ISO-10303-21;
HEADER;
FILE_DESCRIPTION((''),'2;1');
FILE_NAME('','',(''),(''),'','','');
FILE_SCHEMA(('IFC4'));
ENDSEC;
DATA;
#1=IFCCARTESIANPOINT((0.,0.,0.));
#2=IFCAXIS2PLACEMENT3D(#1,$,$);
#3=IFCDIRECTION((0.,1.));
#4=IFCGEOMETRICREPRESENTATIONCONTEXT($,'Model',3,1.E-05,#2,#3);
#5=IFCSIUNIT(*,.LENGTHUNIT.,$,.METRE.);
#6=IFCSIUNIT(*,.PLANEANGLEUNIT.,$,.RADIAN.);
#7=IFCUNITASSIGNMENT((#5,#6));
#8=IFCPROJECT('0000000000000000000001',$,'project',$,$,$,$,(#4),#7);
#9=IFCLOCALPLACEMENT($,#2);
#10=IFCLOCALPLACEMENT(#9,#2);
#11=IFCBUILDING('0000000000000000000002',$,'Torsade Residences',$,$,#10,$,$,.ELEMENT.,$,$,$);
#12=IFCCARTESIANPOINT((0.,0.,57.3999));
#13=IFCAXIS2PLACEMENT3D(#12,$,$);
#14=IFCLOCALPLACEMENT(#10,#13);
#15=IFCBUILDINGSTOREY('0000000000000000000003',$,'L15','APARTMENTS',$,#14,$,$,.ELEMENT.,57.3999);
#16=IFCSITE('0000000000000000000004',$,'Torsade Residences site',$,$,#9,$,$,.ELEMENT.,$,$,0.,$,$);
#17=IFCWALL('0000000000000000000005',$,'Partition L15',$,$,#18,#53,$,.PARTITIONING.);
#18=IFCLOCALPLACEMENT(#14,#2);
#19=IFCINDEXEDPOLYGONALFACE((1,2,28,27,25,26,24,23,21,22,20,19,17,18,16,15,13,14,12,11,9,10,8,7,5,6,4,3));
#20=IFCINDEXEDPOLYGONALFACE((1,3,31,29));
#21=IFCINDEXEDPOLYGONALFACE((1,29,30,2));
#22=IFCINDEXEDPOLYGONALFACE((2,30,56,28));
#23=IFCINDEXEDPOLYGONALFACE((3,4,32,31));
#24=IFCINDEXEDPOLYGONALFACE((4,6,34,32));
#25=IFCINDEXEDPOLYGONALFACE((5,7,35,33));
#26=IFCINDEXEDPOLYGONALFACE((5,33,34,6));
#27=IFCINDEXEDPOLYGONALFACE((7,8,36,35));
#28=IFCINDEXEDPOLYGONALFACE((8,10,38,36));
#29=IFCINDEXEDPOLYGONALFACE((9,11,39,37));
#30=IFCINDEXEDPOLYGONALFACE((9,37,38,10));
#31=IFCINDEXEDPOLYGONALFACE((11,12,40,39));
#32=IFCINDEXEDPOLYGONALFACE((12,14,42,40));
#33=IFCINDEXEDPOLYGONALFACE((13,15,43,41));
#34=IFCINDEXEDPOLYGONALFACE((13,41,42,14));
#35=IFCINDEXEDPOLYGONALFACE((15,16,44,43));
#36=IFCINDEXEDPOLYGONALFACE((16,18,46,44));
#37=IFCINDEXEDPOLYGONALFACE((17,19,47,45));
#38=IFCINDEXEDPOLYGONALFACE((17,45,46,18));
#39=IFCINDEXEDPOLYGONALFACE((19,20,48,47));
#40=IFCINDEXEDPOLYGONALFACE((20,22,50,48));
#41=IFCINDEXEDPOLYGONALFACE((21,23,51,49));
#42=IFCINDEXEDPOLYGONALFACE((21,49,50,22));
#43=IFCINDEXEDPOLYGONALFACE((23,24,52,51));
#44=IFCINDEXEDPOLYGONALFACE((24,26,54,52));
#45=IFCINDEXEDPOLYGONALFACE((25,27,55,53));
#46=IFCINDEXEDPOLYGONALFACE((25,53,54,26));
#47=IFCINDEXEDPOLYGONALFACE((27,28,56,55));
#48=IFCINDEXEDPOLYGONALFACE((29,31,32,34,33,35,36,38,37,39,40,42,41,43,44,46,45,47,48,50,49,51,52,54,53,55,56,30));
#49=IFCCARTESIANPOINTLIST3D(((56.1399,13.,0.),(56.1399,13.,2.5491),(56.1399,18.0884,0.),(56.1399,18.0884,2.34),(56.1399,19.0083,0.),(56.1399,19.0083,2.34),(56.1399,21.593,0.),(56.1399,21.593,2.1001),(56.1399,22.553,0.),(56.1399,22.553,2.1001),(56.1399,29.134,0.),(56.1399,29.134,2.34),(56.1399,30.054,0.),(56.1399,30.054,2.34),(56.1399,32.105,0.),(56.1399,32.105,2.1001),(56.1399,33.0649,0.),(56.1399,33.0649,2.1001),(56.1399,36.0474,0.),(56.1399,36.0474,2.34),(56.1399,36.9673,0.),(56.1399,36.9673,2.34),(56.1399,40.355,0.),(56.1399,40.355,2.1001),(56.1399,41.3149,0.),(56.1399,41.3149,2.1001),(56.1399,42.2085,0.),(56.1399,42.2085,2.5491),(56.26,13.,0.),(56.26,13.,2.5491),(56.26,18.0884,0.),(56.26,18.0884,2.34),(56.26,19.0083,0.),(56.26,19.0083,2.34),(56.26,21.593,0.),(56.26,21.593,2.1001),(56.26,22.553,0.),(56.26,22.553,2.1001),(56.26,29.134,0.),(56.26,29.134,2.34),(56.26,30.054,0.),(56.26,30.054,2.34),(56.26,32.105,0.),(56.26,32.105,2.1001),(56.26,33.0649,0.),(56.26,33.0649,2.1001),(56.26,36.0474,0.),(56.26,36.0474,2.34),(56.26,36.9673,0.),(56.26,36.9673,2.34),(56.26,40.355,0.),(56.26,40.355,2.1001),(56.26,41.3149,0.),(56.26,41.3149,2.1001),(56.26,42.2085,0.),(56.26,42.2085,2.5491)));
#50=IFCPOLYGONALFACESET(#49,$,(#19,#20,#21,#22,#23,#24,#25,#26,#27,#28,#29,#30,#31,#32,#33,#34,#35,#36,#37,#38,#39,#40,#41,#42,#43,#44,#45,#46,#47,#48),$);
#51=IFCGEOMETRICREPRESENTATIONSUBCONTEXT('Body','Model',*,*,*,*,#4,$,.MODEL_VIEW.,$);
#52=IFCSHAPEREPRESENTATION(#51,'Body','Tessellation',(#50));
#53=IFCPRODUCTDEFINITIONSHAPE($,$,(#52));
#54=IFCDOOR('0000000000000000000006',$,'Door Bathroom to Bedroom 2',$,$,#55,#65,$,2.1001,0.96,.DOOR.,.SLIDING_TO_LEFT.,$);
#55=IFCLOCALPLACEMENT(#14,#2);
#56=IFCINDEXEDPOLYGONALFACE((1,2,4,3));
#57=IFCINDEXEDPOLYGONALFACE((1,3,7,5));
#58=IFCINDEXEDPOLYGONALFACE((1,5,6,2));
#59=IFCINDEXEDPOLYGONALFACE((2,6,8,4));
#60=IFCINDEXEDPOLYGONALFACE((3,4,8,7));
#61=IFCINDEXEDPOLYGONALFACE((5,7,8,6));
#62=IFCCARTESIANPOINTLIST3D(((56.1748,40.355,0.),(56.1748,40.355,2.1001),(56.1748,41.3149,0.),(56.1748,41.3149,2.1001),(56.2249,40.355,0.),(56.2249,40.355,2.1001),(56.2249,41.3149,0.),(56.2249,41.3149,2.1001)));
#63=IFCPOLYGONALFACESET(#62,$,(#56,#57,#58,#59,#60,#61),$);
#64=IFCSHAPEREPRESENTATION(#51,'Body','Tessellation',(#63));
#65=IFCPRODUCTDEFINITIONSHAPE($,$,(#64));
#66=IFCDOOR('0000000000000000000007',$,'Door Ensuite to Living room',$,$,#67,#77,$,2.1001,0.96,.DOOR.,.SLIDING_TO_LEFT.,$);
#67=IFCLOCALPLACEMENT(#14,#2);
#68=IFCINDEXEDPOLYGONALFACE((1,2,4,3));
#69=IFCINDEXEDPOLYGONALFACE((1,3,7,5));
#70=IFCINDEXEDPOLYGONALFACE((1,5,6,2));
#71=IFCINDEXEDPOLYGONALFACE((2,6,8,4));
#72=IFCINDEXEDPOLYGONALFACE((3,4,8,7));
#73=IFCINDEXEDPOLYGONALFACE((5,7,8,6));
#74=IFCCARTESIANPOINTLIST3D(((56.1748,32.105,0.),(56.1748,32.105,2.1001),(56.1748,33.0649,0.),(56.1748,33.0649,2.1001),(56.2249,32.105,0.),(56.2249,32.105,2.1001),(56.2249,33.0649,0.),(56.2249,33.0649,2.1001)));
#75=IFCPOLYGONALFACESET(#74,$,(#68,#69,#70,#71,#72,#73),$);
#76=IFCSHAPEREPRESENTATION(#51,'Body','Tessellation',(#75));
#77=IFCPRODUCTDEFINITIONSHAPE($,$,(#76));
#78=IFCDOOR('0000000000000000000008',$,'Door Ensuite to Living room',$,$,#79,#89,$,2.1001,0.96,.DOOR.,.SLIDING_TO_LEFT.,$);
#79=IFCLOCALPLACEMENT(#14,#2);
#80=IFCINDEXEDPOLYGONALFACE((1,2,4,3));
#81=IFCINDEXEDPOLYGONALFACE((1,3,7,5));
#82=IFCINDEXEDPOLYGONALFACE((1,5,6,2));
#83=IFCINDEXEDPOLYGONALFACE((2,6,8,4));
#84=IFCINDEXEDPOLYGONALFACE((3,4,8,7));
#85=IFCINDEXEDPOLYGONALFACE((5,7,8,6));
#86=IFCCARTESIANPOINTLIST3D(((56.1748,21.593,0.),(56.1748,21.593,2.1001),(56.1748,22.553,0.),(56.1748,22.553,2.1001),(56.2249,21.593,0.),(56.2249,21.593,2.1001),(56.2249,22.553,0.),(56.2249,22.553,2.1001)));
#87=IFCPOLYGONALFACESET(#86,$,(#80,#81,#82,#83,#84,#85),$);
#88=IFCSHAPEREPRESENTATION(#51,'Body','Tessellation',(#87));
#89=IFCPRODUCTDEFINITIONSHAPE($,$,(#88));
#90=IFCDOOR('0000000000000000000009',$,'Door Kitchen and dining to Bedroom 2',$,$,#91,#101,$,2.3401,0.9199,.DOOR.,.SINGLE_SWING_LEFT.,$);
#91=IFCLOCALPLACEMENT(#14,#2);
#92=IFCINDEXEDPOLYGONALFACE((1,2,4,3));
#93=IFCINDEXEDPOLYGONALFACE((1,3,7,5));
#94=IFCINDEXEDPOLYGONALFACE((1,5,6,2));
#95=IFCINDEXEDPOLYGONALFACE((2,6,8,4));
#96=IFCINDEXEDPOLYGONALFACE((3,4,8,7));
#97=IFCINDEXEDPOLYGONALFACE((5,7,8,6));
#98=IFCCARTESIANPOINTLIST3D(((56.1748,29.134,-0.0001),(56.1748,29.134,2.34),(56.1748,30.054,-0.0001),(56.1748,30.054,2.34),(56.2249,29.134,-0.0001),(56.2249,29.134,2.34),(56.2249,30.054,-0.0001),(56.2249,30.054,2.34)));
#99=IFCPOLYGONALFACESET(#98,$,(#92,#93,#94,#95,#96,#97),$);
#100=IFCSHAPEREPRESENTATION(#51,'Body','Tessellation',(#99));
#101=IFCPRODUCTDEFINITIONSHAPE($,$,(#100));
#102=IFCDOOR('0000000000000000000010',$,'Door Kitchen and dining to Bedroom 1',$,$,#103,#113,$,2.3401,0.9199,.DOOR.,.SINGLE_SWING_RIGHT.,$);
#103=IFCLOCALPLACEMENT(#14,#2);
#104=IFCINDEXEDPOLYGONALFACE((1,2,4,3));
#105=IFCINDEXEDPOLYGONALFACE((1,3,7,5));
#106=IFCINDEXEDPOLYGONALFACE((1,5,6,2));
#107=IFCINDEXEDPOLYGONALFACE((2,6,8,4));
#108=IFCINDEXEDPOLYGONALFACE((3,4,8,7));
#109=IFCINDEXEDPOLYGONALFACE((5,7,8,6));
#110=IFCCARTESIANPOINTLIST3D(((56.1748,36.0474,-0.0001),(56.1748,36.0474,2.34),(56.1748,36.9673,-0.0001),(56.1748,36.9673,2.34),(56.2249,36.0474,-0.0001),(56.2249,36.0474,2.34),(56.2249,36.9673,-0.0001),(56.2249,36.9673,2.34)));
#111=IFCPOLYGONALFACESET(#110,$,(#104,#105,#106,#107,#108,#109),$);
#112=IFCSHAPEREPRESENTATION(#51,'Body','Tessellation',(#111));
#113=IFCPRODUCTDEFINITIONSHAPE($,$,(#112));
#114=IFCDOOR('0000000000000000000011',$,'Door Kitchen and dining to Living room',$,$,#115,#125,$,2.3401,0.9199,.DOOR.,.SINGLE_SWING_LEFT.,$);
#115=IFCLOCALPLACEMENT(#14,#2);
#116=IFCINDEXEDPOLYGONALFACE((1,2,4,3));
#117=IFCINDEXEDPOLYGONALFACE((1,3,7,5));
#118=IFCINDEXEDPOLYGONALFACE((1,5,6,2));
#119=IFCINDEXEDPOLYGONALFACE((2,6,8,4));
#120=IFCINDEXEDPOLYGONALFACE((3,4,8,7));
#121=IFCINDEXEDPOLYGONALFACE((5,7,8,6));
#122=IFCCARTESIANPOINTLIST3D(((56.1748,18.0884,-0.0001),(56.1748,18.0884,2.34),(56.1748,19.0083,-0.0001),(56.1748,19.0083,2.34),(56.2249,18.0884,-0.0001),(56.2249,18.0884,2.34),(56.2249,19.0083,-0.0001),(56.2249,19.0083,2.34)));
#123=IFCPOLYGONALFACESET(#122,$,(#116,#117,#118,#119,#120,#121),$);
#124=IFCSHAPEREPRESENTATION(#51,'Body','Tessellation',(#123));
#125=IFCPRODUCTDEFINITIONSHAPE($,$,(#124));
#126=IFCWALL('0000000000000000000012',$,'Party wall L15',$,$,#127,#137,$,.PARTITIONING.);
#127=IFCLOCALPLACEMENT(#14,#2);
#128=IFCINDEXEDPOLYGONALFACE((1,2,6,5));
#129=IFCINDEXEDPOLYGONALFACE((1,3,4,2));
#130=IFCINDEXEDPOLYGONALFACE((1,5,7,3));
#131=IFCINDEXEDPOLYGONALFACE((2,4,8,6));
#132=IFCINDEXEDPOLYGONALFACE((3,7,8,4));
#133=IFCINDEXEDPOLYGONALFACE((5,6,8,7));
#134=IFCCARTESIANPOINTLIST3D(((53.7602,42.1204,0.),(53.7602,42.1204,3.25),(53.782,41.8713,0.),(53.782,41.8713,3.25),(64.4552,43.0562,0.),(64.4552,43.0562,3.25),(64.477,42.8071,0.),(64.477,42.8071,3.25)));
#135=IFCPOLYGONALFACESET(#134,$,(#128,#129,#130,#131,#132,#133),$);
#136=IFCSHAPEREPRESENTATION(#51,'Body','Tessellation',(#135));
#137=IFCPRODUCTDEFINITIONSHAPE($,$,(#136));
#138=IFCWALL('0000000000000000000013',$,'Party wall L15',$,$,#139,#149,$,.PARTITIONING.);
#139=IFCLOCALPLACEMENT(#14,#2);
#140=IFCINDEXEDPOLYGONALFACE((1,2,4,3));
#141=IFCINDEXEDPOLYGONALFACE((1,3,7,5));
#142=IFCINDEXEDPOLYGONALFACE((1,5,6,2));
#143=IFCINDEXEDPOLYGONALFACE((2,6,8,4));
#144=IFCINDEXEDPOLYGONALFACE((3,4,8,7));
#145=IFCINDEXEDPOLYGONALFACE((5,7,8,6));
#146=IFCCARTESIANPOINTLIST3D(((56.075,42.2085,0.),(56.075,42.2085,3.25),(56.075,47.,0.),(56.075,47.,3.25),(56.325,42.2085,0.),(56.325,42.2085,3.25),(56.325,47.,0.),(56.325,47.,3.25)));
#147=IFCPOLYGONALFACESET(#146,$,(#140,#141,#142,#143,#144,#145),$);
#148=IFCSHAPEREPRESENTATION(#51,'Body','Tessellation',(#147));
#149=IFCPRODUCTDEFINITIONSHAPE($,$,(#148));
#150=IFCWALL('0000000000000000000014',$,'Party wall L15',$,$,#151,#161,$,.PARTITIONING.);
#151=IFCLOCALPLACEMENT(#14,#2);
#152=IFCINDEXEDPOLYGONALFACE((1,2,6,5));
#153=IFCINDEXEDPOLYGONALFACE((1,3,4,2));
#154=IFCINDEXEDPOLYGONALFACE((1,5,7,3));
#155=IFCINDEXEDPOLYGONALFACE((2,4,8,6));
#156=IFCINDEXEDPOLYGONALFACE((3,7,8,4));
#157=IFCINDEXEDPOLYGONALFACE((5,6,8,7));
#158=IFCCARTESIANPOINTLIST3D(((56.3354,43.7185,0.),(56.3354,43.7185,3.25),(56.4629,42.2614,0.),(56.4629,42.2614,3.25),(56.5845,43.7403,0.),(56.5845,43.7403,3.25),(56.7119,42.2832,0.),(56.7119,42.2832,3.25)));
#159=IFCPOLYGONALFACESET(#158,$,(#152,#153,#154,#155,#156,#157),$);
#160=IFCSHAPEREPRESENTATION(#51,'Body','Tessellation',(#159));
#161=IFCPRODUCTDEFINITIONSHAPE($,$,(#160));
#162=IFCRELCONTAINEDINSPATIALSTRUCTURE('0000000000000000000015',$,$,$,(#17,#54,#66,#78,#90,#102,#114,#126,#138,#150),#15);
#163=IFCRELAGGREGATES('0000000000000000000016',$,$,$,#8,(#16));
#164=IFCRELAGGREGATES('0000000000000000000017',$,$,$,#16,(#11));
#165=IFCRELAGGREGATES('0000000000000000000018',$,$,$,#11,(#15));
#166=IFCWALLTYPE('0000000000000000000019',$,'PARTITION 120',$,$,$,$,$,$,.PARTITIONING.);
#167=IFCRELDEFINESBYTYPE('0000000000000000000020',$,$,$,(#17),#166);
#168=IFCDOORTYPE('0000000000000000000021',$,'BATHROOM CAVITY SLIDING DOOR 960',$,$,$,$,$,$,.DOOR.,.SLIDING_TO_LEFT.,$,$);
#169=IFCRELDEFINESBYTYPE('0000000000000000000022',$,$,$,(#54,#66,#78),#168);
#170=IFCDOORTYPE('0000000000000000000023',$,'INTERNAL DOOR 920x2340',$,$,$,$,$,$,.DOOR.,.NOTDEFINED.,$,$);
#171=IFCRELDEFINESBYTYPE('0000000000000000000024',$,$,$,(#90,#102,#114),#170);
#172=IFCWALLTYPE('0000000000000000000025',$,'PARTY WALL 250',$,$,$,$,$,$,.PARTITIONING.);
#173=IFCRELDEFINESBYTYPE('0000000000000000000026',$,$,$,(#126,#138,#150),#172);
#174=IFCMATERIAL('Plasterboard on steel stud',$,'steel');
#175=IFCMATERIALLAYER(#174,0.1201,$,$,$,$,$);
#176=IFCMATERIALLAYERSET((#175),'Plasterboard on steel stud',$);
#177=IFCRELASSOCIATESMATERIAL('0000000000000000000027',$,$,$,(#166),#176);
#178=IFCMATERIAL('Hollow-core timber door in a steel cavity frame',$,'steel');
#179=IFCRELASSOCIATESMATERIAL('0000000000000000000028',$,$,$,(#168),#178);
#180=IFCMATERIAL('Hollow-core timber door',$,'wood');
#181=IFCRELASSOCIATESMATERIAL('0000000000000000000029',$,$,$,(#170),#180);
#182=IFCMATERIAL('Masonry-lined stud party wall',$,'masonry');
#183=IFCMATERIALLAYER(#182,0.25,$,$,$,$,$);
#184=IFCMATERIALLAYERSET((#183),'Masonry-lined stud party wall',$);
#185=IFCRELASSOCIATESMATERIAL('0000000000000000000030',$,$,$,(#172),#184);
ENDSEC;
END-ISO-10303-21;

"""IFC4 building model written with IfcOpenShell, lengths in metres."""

from ifc_helpers import new_model, si_unit, direction, frame, frame_2d, origin, place, context, subcontext, project, spatial, rectangle, extrude, material, layer, layer_set, type_object, element, fill, save


model = new_model("IFC4")

# Units and contexts
model_context = context("Model", 3, precision=1e-05, world=origin(), true_north=direction((0.0, 1.0)))
body_context = subcontext(model_context, "Body", "Model", "MODEL_VIEW")
ifc_project = project(units=[si_unit("LENGTHUNIT", "METRE"), si_unit("PLANEANGLEUNIT", "RADIAN")], contexts=[model_context])

# Site, building, storey
site_placement = place(None, origin())
site = spatial("IfcSite", under=ifc_project, at=site_placement, Name="Torsade Residences site", CompositionType="ELEMENT", RefElevation=0.0)
building_placement = place(site_placement, origin())
building = spatial("IfcBuilding", under=site, at=building_placement, Name="Torsade Residences", CompositionType="ELEMENT")
storey_placement = place(building_placement, frame((0.0, 0.0, 57.3999)))
storey = spatial("IfcBuildingStorey", under=building, at=storey_placement, Name="L15", Description="APARTMENTS", CompositionType="ELEMENT", Elevation=57.3999)

# Wall, openings, doors
ifc_material_1 = material(Name="Plasterboard on steel stud", Category="steel")
ifc_layer_1 = layer(ifc_material_1, 0.1201)
ifc_layer_set_1 = layer_set([ifc_layer_1], Name="Plasterboard on steel stud")
wall_type_1 = type_object("IfcWallType", Name="PARTITION 120", PredefinedType="PARTITIONING", material=ifc_layer_set_1)
wall_1_placement = place(storey_placement, frame((56.2, 42.2085, 0.0), z_axis=(0.0, 0.0, 1.0), x_axis=(0.0, -1.0, 0.0)))
wall_1 = element("IfcWall", 1, at=wall_1_placement, inside=storey, type_object=wall_type_1, Name="Partition L15", PredefinedType="PARTITIONING", context=body_context, shape_type="SweptSolid", body=[
    extrude(rectangle(XDim=29.2085, YDim=0.1201, at=frame_2d((14.6042, 0.0))), origin(), (0.0, 0.0, 1.0), 2.5491),
])
opening_1_placement = place(wall_1_placement, frame((12.1545, 0.0, 0.0)))
opening_1 = element("IfcOpeningElement", 2, at=opening_1_placement, cuts=wall_1, PredefinedType="OPENING", context=body_context, shape_type="SweptSolid", body=[
    extrude(rectangle(XDim=0.9199, YDim=2.3401, at=frame_2d((0.46, 1.1699))), frame((0.0, 0.0701, 0.0), z_axis=(0.0, -1.0, 0.0), x_axis=(1.0, 0.0, 0.0)), (0.0, 0.0, 1.0), 0.1401),
])
opening_2_placement = place(wall_1_placement, frame((5.2412, 0.0, 0.0)))
opening_2 = element("IfcOpeningElement", 3, at=opening_2_placement, cuts=wall_1, PredefinedType="OPENING", context=body_context, shape_type="SweptSolid", body=[
    extrude(rectangle(XDim=0.9199, YDim=2.3401, at=frame_2d((0.46, 1.1699))), frame((0.0, 0.0701, 0.0), z_axis=(0.0, -1.0, 0.0), x_axis=(1.0, 0.0, 0.0)), (0.0, 0.0, 1.0), 0.1401),
])
opening_3_placement = place(wall_1_placement, frame((23.2002, 0.0, 0.0)))
opening_3 = element("IfcOpeningElement", 4, at=opening_3_placement, cuts=wall_1, PredefinedType="OPENING", context=body_context, shape_type="SweptSolid", body=[
    extrude(rectangle(XDim=0.9199, YDim=2.3401, at=frame_2d((0.46, 1.1699))), frame((0.0, 0.0701, 0.0), z_axis=(0.0, -1.0, 0.0), x_axis=(1.0, 0.0, 0.0)), (0.0, 0.0, 1.0), 0.1401),
])
opening_4_placement = place(wall_1_placement, frame((0.8936, 0.0, 0.0)))
opening_4 = element("IfcOpeningElement", 5, at=opening_4_placement, cuts=wall_1, PredefinedType="OPENING", context=body_context, shape_type="SweptSolid", body=[
    extrude(rectangle(XDim=0.96, YDim=2.1001, at=frame_2d((0.48, 1.05))), frame((0.0, 0.0701, 0.0), z_axis=(0.0, -1.0, 0.0), x_axis=(1.0, 0.0, 0.0)), (0.0, 0.0, 1.0), 0.1401),
])
opening_5_placement = place(wall_1_placement, frame((9.1436, 0.0, 0.0)))
opening_5 = element("IfcOpeningElement", 6, at=opening_5_placement, cuts=wall_1, PredefinedType="OPENING", context=body_context, shape_type="SweptSolid", body=[
    extrude(rectangle(XDim=0.96, YDim=2.1001, at=frame_2d((0.48, 1.05))), frame((0.0, 0.0701, 0.0), z_axis=(0.0, -1.0, 0.0), x_axis=(1.0, 0.0, 0.0)), (0.0, 0.0, 1.0), 0.1401),
])
opening_6_placement = place(wall_1_placement, frame((19.6555, 0.0, 0.0)))
opening_6 = element("IfcOpeningElement", 7, at=opening_6_placement, cuts=wall_1, PredefinedType="OPENING", context=body_context, shape_type="SweptSolid", body=[
    extrude(rectangle(XDim=0.96, YDim=2.1001, at=frame_2d((0.48, 1.05))), frame((0.0, 0.0701, 0.0), z_axis=(0.0, -1.0, 0.0), x_axis=(1.0, 0.0, 0.0)), (0.0, 0.0, 1.0), 0.1401),
])
ifc_material_2 = material(Name="Hollow-core timber door in a steel cavity frame", Category="steel")
door_type_1 = type_object("IfcDoorType", Name="BATHROOM CAVITY SLIDING DOOR 960", OperationType="SLIDING_TO_LEFT", PredefinedType="DOOR", material=ifc_material_2)
door_1_placement = place(opening_4_placement, origin())
door_1 = element("IfcDoor", 8, at=door_1_placement, inside=storey, type_object=door_type_1, Name="Door Bathroom to Bedroom 2", OperationType="SLIDING_TO_LEFT", OverallHeight=2.1001, OverallWidth=0.96, PredefinedType="DOOR", context=body_context, shape_type="SweptSolid", body=[
    extrude(rectangle(XDim=0.96, YDim=2.1001, at=frame_2d((0.48, 1.05))), frame((0.0, 0.0249, 0.0), z_axis=(0.0, -1.0, 0.0), x_axis=(1.0, 0.0, 0.0)), (0.0, 0.0, 1.0), 0.05),
])
fill(opening_4, door_1)
door_2_placement = place(opening_5_placement, origin())
door_2 = element("IfcDoor", 9, at=door_2_placement, inside=storey, type_object=door_type_1, Name="Door Ensuite to Living room", OperationType="SLIDING_TO_LEFT", OverallHeight=2.1001, OverallWidth=0.96, PredefinedType="DOOR", context=body_context, shape_type="SweptSolid", body=[
    extrude(rectangle(XDim=0.96, YDim=2.1001, at=frame_2d((0.48, 1.05))), frame((0.0, 0.0249, 0.0), z_axis=(0.0, -1.0, 0.0), x_axis=(1.0, 0.0, 0.0)), (0.0, 0.0, 1.0), 0.05),
])
fill(opening_5, door_2)
door_3_placement = place(opening_6_placement, origin())
door_3 = element("IfcDoor", 10, at=door_3_placement, inside=storey, type_object=door_type_1, Name="Door Ensuite to Living room", OperationType="SLIDING_TO_LEFT", OverallHeight=2.1001, OverallWidth=0.96, PredefinedType="DOOR", context=body_context, shape_type="SweptSolid", body=[
    extrude(rectangle(XDim=0.96, YDim=2.1001, at=frame_2d((0.48, 1.05))), frame((0.0, 0.0249, 0.0), z_axis=(0.0, -1.0, 0.0), x_axis=(1.0, 0.0, 0.0)), (0.0, 0.0, 1.0), 0.05),
])
fill(opening_6, door_3)
ifc_material_3 = material(Name="Hollow-core timber door", Category="wood")
door_type_2 = type_object("IfcDoorType", Name="INTERNAL DOOR 920x2340", OperationType="NOTDEFINED", PredefinedType="DOOR", material=ifc_material_3)
door_4_placement = place(opening_1_placement, origin())
door_4 = element("IfcDoor", 11, at=door_4_placement, inside=storey, type_object=door_type_2, Name="Door Kitchen and dining to Bedroom 2", OperationType="SINGLE_SWING_LEFT", OverallHeight=2.3401, OverallWidth=0.9199, PredefinedType="DOOR", context=body_context, shape_type="SweptSolid", body=[
    extrude(rectangle(XDim=0.9199, YDim=2.3401, at=frame_2d((0.46, 1.1699))), frame((0.0, 0.0249, 0.0), z_axis=(0.0, -1.0, 0.0), x_axis=(1.0, 0.0, 0.0)), (0.0, 0.0, 1.0), 0.05),
])
fill(opening_1, door_4)
door_5_placement = place(opening_2_placement, origin())
door_5 = element("IfcDoor", 12, at=door_5_placement, inside=storey, type_object=door_type_2, Name="Door Kitchen and dining to Bedroom 1", OperationType="SINGLE_SWING_RIGHT", OverallHeight=2.3401, OverallWidth=0.9199, PredefinedType="DOOR", context=body_context, shape_type="SweptSolid", body=[
    extrude(rectangle(XDim=0.9199, YDim=2.3401, at=frame_2d((0.46, 1.1699))), frame((0.0, 0.0249, 0.0), z_axis=(0.0, -1.0, 0.0), x_axis=(1.0, 0.0, 0.0)), (0.0, 0.0, 1.0), 0.05),
])
fill(opening_2, door_5)
door_6_placement = place(opening_3_placement, origin())
door_6 = element("IfcDoor", 13, at=door_6_placement, inside=storey, type_object=door_type_2, Name="Door Kitchen and dining to Living room", OperationType="SINGLE_SWING_LEFT", OverallHeight=2.3401, OverallWidth=0.9199, PredefinedType="DOOR", context=body_context, shape_type="SweptSolid", body=[
    extrude(rectangle(XDim=0.9199, YDim=2.3401, at=frame_2d((0.46, 1.1699))), frame((0.0, 0.0249, 0.0), z_axis=(0.0, -1.0, 0.0), x_axis=(1.0, 0.0, 0.0)), (0.0, 0.0, 1.0), 0.05),
])
fill(opening_3, door_6)

# Walls
ifc_material_4 = material(Name="Masonry-lined stud party wall", Category="masonry")
ifc_layer_2 = layer(ifc_material_4, 0.25)
ifc_layer_set_2 = layer_set([ifc_layer_2], Name="Masonry-lined stud party wall")
wall_type_2 = type_object("IfcWallType", Name="PARTY WALL 250", PredefinedType="PARTITIONING", material=ifc_layer_set_2)
wall_2_placement = place(storey_placement, frame((64.4661, 42.9316, 0.0), z_axis=(0.0, 0.0, 1.0), x_axis=(-0.996194, -0.087164, 0.0)))
element("IfcWall", 14, at=wall_2_placement, inside=storey, type_object=wall_type_2, Name="Party wall L15", PredefinedType="PARTITIONING", context=body_context, shape_type="SweptSolid", body=[
    extrude(rectangle(XDim=10.7358, YDim=0.25, at=frame_2d((5.3679, 0.0))), origin(), (0.0, 0.0, 1.0), 3.25),
])
wall_3_placement = place(storey_placement, frame((56.2, 42.2085, 0.0), z_axis=(0.0, 0.0, 1.0), x_axis=(0.0, 1.0, 0.0)))
element("IfcWall", 15, at=wall_3_placement, inside=storey, type_object=wall_type_2, Name="Party wall L15", PredefinedType="PARTITIONING", context=body_context, shape_type="SweptSolid", body=[
    extrude(rectangle(XDim=4.7915, YDim=0.25, at=frame_2d((2.3958, 0.0))), origin(), (0.0, 0.0, 1.0), 3.25),
])
wall_4_placement = place(storey_placement, frame((56.46, 43.7295, 0.0), z_axis=(0.0, 0.0, 1.0), x_axis=(0.087134, -0.996197, 0.0)))
element("IfcWall", 16, at=wall_4_placement, inside=storey, type_object=wall_type_2, Name="Party wall L15", PredefinedType="PARTITIONING", context=body_context, shape_type="SweptSolid", body=[
    extrude(rectangle(XDim=1.4626, YDim=0.25, at=frame_2d((0.7314, 0.0))), origin(), (0.0, 0.0, 1.0), 3.25),
])

save(model, "model.ifc")
